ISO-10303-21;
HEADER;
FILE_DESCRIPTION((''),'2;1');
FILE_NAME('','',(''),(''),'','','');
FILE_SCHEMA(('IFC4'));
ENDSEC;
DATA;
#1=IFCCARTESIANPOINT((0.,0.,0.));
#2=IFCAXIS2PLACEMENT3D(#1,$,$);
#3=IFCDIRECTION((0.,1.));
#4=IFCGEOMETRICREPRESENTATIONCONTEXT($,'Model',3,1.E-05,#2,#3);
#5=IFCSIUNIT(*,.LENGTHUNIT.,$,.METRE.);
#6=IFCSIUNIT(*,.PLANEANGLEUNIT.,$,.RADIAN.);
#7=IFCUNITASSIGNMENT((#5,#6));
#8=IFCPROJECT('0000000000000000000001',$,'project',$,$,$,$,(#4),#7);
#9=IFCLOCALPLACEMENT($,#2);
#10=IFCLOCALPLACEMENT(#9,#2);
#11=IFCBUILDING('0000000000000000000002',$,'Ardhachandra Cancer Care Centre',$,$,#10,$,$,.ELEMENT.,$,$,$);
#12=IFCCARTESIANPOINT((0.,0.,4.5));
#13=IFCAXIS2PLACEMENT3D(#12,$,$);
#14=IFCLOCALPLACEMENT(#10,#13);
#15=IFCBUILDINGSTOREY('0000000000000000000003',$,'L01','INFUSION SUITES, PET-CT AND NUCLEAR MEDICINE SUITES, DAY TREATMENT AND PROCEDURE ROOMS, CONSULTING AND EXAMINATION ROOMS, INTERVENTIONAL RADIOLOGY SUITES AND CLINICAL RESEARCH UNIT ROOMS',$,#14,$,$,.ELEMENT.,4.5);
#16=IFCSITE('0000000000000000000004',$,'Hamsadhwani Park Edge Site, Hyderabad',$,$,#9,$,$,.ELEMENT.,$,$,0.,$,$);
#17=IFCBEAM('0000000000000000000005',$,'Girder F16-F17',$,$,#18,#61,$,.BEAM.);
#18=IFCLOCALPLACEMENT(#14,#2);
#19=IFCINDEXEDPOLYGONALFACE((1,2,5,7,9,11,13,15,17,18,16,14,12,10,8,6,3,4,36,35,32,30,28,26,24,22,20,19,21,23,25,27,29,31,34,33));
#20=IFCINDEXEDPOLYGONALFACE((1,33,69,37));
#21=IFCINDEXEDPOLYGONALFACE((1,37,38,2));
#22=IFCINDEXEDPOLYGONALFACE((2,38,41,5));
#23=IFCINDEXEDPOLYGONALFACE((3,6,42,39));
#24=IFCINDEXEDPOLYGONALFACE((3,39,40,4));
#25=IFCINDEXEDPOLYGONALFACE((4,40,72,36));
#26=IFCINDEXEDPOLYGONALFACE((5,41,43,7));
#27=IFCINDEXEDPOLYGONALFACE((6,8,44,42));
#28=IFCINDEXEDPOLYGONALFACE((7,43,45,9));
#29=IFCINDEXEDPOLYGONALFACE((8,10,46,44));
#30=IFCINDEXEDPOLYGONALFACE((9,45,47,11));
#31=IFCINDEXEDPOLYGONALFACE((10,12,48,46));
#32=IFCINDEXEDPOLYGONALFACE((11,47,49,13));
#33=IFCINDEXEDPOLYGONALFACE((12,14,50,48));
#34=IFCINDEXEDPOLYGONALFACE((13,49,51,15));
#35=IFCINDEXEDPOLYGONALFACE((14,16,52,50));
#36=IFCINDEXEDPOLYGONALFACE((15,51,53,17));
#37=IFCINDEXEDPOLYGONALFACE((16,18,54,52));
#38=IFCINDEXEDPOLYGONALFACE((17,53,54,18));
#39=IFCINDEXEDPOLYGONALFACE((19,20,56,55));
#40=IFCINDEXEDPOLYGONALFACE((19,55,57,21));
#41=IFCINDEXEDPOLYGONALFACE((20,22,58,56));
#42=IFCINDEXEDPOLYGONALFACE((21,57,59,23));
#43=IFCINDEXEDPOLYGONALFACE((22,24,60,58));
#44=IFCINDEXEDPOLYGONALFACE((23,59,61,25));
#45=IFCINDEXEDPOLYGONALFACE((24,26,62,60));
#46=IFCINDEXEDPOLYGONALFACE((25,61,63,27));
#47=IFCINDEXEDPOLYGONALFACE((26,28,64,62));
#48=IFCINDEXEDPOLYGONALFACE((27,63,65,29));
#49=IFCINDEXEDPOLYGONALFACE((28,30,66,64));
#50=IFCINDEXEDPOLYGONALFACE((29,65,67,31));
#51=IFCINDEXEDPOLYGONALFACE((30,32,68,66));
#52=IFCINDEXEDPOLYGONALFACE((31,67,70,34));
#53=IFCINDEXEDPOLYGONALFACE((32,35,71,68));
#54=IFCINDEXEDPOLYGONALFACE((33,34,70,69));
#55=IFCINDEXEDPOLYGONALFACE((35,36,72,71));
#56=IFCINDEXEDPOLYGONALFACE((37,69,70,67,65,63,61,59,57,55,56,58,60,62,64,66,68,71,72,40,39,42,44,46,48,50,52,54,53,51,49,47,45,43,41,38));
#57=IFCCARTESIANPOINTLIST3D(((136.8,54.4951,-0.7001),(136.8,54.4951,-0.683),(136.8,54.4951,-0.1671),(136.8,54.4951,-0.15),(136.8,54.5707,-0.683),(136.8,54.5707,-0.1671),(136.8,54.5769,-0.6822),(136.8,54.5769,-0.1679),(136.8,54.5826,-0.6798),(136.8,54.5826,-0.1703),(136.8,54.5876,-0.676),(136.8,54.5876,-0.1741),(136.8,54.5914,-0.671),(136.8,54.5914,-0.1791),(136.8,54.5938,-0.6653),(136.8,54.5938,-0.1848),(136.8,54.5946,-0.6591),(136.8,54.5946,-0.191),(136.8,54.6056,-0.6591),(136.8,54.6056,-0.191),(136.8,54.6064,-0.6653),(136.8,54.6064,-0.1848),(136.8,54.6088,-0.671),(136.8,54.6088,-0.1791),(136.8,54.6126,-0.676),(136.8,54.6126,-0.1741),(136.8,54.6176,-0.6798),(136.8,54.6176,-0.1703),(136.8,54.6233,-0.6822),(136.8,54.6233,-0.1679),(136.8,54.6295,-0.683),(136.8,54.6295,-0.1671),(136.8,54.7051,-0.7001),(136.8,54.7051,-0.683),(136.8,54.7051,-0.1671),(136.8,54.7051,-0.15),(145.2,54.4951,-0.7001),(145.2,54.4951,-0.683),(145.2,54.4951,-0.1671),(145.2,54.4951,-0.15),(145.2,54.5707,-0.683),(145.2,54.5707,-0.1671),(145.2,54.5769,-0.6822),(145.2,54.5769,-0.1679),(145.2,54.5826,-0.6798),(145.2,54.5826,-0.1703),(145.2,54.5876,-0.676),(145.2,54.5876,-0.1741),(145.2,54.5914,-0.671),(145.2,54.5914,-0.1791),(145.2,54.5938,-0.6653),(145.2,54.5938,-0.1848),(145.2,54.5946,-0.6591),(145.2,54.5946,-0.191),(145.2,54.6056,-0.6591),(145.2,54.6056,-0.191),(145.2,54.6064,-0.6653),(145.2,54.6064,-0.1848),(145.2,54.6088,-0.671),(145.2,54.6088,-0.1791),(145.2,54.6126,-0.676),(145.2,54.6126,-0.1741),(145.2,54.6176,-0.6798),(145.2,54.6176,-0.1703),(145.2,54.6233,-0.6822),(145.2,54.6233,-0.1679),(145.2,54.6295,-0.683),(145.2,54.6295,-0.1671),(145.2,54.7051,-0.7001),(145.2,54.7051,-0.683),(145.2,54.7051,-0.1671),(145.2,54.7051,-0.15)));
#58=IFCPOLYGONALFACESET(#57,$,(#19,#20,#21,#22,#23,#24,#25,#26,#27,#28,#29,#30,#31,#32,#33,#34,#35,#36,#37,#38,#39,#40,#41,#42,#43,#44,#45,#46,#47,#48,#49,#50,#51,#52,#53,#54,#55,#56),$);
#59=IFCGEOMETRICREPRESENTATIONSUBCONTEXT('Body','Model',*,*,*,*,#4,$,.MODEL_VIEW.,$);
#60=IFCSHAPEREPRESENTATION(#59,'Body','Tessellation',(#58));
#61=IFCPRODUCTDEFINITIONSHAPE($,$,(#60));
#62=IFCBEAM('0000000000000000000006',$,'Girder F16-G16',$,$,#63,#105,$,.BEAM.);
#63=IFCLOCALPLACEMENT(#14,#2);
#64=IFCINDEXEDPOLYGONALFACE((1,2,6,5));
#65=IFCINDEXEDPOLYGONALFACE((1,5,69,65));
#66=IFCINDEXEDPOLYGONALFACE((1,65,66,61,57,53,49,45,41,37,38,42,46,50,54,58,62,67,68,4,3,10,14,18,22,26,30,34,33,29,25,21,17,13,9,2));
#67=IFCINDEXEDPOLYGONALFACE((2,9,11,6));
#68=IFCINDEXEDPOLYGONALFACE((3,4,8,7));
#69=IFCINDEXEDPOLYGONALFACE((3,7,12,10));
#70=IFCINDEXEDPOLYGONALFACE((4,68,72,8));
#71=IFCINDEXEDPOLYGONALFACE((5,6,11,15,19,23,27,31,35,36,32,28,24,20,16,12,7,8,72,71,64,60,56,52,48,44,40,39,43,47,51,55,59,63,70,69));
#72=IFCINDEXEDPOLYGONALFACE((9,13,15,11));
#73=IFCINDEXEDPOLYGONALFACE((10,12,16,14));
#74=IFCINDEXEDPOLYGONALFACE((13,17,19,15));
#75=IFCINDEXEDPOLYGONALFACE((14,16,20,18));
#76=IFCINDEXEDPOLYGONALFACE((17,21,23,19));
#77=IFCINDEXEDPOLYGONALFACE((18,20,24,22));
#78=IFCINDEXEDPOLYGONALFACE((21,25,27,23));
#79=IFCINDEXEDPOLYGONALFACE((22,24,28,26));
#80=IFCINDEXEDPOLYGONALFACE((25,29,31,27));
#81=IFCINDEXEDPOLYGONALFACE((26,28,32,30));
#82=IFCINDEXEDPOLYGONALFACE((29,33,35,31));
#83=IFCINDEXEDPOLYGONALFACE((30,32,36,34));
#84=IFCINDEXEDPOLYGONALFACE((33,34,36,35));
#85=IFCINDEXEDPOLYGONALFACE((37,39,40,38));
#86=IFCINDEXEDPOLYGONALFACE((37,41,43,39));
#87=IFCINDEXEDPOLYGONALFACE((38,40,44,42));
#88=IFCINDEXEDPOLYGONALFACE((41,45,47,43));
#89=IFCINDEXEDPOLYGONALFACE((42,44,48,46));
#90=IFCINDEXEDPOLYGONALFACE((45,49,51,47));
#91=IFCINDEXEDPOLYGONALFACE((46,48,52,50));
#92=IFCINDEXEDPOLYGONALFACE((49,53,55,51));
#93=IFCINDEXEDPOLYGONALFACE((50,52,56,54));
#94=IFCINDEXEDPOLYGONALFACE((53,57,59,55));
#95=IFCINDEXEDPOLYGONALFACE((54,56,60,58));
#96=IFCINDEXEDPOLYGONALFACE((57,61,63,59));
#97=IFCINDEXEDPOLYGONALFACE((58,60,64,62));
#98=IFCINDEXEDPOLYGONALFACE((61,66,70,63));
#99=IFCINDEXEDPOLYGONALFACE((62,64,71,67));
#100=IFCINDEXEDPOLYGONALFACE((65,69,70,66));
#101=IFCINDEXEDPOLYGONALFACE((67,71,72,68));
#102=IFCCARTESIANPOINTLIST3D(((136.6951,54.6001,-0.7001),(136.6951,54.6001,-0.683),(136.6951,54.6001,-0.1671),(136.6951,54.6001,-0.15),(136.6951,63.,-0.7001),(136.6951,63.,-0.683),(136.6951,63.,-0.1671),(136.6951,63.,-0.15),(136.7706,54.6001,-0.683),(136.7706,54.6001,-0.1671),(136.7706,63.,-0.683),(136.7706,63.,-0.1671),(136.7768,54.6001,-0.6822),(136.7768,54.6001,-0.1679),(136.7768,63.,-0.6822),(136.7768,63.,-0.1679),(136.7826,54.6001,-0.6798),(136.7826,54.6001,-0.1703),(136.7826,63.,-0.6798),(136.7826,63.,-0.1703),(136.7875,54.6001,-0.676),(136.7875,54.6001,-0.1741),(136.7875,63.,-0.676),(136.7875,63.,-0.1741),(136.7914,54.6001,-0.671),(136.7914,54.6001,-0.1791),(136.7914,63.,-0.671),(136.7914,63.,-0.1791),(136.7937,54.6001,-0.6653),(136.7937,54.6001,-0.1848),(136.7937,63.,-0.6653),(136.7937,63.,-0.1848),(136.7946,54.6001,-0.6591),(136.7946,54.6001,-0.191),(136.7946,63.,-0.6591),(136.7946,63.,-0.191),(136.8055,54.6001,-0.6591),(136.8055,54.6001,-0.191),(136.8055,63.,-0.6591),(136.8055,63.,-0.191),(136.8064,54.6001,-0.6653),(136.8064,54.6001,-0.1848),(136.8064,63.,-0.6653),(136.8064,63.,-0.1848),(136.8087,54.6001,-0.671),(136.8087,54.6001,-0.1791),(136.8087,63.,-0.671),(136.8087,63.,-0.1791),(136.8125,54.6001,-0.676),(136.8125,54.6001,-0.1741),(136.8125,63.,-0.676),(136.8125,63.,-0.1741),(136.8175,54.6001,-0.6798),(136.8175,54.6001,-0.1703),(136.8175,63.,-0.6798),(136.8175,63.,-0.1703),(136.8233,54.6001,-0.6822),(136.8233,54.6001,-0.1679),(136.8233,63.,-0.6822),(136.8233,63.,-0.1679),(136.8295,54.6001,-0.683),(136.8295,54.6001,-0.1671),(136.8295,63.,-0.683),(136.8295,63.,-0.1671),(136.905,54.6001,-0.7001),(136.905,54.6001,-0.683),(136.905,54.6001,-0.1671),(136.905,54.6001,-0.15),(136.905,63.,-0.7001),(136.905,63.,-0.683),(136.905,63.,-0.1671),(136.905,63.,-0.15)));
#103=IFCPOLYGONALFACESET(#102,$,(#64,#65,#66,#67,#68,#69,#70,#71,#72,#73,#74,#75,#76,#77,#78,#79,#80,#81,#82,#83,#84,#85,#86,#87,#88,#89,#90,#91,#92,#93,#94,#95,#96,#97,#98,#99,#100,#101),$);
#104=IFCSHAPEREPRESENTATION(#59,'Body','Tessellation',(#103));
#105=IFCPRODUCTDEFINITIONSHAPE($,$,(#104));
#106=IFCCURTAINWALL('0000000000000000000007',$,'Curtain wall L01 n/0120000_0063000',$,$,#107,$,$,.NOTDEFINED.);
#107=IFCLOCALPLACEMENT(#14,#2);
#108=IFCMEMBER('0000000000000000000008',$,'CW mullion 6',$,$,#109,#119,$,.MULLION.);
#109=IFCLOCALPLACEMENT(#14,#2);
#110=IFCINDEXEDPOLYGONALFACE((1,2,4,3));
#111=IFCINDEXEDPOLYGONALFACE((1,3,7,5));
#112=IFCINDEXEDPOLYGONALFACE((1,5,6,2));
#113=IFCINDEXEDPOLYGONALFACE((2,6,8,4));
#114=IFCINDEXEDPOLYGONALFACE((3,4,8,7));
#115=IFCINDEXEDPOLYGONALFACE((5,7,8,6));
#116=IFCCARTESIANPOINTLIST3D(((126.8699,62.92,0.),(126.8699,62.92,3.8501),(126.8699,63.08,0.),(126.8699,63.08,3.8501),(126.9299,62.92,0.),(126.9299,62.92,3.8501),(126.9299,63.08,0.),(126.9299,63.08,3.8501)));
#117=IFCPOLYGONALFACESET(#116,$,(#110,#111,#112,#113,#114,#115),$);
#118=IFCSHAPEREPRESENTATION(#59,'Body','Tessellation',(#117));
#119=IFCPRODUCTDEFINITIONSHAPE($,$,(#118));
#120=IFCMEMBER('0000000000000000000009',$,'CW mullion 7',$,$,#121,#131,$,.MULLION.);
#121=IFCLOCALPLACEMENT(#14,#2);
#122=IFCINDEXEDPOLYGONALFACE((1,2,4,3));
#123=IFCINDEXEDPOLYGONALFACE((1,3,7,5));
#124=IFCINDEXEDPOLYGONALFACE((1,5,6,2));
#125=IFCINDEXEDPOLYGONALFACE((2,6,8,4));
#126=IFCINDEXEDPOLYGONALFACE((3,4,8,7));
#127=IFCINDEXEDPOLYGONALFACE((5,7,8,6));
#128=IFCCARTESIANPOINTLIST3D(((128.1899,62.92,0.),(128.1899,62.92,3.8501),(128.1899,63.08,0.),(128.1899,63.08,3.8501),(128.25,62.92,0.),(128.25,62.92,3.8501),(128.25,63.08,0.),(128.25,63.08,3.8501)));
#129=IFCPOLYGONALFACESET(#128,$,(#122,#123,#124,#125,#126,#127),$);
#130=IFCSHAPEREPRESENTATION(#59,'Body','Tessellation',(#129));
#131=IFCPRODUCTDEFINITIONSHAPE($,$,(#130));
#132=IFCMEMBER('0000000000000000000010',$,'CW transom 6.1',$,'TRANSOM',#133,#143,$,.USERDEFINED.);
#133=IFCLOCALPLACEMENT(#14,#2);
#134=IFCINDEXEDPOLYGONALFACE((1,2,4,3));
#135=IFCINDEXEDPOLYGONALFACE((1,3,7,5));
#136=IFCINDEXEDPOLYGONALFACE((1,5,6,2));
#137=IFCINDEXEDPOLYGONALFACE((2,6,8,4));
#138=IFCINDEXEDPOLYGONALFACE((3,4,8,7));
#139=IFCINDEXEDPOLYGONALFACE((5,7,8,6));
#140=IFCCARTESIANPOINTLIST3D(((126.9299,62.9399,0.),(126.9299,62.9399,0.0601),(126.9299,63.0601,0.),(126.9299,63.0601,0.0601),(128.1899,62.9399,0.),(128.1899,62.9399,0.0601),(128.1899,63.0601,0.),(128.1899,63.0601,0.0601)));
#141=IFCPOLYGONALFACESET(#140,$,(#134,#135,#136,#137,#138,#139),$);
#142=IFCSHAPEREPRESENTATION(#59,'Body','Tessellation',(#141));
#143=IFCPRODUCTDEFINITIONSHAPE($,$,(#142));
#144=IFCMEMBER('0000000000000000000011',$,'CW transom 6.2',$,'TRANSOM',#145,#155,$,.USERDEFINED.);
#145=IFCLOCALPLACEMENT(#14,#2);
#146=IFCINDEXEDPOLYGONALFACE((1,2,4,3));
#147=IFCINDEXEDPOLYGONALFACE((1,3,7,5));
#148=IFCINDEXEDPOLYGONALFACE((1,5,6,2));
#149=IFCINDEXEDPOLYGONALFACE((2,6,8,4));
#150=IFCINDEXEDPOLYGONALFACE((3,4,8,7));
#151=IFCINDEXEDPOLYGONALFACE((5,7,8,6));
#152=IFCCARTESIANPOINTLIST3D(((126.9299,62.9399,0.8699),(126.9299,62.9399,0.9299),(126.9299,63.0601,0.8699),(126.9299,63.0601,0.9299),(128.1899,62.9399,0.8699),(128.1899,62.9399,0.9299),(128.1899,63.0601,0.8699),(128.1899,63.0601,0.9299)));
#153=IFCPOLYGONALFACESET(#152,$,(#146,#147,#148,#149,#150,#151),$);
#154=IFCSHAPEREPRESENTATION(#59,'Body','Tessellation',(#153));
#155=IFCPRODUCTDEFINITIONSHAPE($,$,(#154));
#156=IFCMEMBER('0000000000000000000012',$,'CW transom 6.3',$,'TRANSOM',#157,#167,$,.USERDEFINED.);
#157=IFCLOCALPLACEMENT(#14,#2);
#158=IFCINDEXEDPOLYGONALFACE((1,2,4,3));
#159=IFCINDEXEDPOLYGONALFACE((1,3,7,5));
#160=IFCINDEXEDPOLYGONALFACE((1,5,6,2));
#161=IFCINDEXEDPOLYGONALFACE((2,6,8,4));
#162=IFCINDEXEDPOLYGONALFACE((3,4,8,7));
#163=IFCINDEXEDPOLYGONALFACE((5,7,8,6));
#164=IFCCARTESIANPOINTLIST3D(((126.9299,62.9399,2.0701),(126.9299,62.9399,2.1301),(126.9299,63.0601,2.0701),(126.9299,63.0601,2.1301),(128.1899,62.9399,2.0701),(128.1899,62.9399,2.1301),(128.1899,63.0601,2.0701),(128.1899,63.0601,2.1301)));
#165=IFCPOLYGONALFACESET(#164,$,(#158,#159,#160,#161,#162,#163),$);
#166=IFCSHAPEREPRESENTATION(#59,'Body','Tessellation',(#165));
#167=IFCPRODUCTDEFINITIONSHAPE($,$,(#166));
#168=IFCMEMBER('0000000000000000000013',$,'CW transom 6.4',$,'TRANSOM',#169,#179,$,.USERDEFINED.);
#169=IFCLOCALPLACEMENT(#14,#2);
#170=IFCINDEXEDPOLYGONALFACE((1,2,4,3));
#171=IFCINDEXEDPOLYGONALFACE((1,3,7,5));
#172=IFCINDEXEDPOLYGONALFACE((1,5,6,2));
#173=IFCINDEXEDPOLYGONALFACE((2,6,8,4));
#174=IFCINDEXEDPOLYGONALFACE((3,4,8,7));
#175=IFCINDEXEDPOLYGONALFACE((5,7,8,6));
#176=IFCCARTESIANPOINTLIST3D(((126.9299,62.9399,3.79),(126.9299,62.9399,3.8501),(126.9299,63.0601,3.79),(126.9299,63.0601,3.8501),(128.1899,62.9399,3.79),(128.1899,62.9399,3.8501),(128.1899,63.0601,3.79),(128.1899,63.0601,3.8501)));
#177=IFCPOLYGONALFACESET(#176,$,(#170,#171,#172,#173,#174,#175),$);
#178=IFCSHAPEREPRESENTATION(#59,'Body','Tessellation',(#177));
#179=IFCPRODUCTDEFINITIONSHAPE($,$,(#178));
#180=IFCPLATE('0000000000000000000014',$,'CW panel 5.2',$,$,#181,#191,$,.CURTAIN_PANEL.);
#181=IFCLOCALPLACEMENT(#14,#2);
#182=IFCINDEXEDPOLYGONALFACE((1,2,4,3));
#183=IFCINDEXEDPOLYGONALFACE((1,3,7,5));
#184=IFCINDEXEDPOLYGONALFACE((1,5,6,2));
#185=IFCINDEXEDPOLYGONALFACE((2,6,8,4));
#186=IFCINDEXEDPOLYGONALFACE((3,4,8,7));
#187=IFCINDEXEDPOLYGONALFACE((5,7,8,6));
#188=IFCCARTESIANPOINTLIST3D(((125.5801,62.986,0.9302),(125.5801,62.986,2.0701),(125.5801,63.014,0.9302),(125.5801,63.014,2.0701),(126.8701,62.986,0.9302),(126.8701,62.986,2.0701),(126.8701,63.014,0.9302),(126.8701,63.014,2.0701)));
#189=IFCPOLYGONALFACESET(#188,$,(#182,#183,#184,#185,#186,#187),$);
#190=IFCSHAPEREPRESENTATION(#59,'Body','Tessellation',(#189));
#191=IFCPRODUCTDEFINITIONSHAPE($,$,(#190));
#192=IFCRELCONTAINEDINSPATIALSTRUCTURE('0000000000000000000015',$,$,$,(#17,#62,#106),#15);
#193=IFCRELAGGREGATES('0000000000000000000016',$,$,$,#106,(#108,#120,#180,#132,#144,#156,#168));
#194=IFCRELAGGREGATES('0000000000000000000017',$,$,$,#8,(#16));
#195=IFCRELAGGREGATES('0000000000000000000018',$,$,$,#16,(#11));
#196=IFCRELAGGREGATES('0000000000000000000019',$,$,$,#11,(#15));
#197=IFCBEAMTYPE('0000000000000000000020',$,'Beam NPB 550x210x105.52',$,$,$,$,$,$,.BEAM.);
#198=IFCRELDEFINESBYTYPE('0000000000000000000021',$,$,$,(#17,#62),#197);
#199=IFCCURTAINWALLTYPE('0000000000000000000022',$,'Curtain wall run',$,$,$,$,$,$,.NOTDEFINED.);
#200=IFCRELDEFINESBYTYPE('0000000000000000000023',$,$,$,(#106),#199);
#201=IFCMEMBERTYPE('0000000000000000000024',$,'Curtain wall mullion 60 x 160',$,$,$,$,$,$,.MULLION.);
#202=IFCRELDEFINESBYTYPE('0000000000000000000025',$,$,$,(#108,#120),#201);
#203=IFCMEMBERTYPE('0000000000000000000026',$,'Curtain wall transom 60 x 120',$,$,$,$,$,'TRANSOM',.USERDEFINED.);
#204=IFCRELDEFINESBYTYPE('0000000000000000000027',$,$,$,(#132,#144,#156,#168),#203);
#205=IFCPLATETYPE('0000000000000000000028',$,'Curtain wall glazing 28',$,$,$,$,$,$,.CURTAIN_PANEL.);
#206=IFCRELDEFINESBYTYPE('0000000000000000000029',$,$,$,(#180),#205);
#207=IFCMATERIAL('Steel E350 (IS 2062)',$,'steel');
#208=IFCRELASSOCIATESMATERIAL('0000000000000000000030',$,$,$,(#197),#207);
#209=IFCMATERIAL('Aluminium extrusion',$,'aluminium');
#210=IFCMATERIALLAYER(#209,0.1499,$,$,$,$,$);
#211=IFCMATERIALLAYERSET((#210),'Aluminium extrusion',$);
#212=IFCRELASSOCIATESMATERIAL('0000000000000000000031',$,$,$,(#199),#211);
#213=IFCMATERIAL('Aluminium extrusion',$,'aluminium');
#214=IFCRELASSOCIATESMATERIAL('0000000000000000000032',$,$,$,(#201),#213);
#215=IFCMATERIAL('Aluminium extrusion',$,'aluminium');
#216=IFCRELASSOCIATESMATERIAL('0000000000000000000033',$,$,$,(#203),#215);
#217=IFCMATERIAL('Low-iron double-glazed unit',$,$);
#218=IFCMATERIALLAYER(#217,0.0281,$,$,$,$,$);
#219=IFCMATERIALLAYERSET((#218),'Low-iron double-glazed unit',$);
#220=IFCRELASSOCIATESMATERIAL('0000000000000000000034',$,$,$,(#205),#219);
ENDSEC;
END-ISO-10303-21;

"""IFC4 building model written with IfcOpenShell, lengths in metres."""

from ifc_helpers import new_model, si_unit, direction, frame, origin, origin_2d, place, context, subcontext, project, spatial, rectangle, i_section, extrude, material, layer, layer_set, material_profile, profile_set, type_object, element, aggregate, save


model = new_model("IFC4")

# Units and contexts
model_context = context("Model", 3, precision=1e-05, world=origin(), true_north=direction((0.0, 1.0)))
body_context = subcontext(model_context, "Body", "Model", "MODEL_VIEW")
ifc_project = project(units=[si_unit("LENGTHUNIT", "METRE"), si_unit("PLANEANGLEUNIT", "RADIAN")], contexts=[model_context])

# Site, building, storey
site_placement = place(None, origin())
site = spatial("IfcSite", under=ifc_project, at=site_placement, Name="Hamsadhwani Park Edge Site, Hyderabad", CompositionType="ELEMENT", RefElevation=0.0)
building_placement = place(site_placement, origin())
building = spatial("IfcBuilding", under=site, at=building_placement, Name="Ardhachandra Cancer Care Centre", CompositionType="ELEMENT")
storey_placement = place(building_placement, frame((0.0, 0.0, 4.5)))
storey = spatial("IfcBuildingStorey", under=building, at=storey_placement, Name="L01", Description="INFUSION SUITES, PET-CT AND NUCLEAR MEDICINE SUITES, DAY TREATMENT AND PROCEDURE ROOMS, CONSULTING AND EXAMINATION ROOMS, INTERVENTIONAL RADIOLOGY SUITES AND CLINICAL RESEARCH UNIT ROOMS", CompositionType="ELEMENT", Elevation=4.5)

# Beams
ifc_material_1 = material(Name="Steel E350 (IS 2062)", Category="steel")
ifc_material_profile_1 = material_profile(ifc_material_1, i_section(OverallWidth=0.21, OverallDepth=0.55, WebThickness=0.011, FlangeThickness=0.0171, FilletRadius=0.0239, at=origin_2d()), Name="NPB 550x210x105.52")
ifc_profile_set_1 = profile_set([ifc_material_profile_1], Name="Steel E350 (IS 2062)")
beam_type_1 = type_object("IfcBeamType", Name="Beam NPB 550x210x105.52", PredefinedType="BEAM", material=ifc_profile_set_1)
for number, where, z_axis, x_axis, name in (
    (1, (136.8, 54.6001, -0.425), (1.0, 0.0, 0.0), (0.0, 1.0, 0.0), "Girder F16-F17"),
    (2, (136.8, 54.6001, -0.425), (0.0, 1.0, 0.0), (-1.0, 0.0, 0.0), "Girder F16-G16"),
):
    element("IfcBeam", number, at=place(storey_placement, frame(where, z_axis=z_axis, x_axis=x_axis)), inside=storey, type_object=beam_type_1, Name=name, PredefinedType="BEAM", context=body_context, shape_type="SweptSolid", body=[
        extrude(i_section(OverallWidth=0.21, OverallDepth=0.55, WebThickness=0.011, FlangeThickness=0.0171, FilletRadius=0.0239, at=origin_2d()), origin(), (0.0, 0.0, 1.0), 8.3999),
    ])

# Curtain wall, members, plate
ifc_material_2 = material(Name="Aluminium extrusion", Category="aluminium")
ifc_layer_1 = layer(ifc_material_2, 0.1499)
ifc_layer_set_1 = layer_set([ifc_layer_1], Name="Aluminium extrusion")
curtain_wall_type = type_object("IfcCurtainWallType", Name="Curtain wall run", PredefinedType="NOTDEFINED", material=ifc_layer_set_1)
curtain_wall_placement = place(storey_placement, origin())
curtain_wall = element("IfcCurtainWall", 3, at=curtain_wall_placement, inside=storey, type_object=curtain_wall_type, Name="Curtain wall L01 n/0120000_0063000", PredefinedType="NOTDEFINED")
ifc_material_3 = material(Name="Aluminium extrusion", Category="aluminium")
ifc_material_profile_2 = material_profile(ifc_material_3, rectangle(XDim=0.1599, YDim=0.0601, at=origin_2d()), Name="Curtain wall mullion 60 x 160")
ifc_profile_set_2 = profile_set([ifc_material_profile_2], Name="Aluminium extrusion")
member_type_1 = type_object("IfcMemberType", Name="Curtain wall mullion 60 x 160", PredefinedType="MULLION", material=ifc_profile_set_2)
member_1_placement = place(storey_placement, frame((126.8999, 63.0, 0.0), z_axis=(0.0, 0.0, 1.0), x_axis=(0.0, 1.0, 0.0)))
member_1 = element("IfcMember", 4, at=member_1_placement, type_object=member_type_1, Name="CW mullion 6", PredefinedType="MULLION", context=body_context, shape_type="SweptSolid", body=[
    extrude(rectangle(XDim=0.1599, YDim=0.0601, at=origin_2d()), origin(), (0.0, 0.0, 1.0), 3.8501),
])
member_2_placement = place(storey_placement, frame((128.22, 63.0, 0.0), z_axis=(0.0, 0.0, 1.0), x_axis=(0.0, 1.0, 0.0)))
member_2 = element("IfcMember", 5, at=member_2_placement, type_object=member_type_1, Name="CW mullion 7", PredefinedType="MULLION", context=body_context, shape_type="SweptSolid", body=[
    extrude(rectangle(XDim=0.1599, YDim=0.0601, at=origin_2d()), origin(), (0.0, 0.0, 1.0), 3.8501),
])
ifc_material_4 = material(Name="Aluminium extrusion", Category="aluminium")
ifc_material_profile_3 = material_profile(ifc_material_4, rectangle(XDim=0.1201, YDim=0.0601, at=origin_2d()), Name="Curtain wall transom 60 x 120")
ifc_profile_set_3 = profile_set([ifc_material_profile_3], Name="Aluminium extrusion")
member_type_2 = type_object("IfcMemberType", Name="Curtain wall transom 60 x 120", ElementType="TRANSOM", PredefinedType="USERDEFINED", material=ifc_profile_set_3)
member_3_placement = place(storey_placement, frame((126.9299, 63.0, 0.03), z_axis=(1.0, 0.0, 0.0), x_axis=(0.0, 1.0, 0.0)))
member_3 = element("IfcMember", 6, at=member_3_placement, type_object=member_type_2, Name="CW transom 6.1", ObjectType="TRANSOM", PredefinedType="USERDEFINED", context=body_context, shape_type="SweptSolid", body=[
    extrude(rectangle(XDim=0.1201, YDim=0.0601, at=origin_2d()), origin(), (0.0, 0.0, 1.0), 1.26),
])
member_4_placement = place(storey_placement, frame((126.9299, 63.0, 0.8999), z_axis=(1.0, 0.0, 0.0), x_axis=(0.0, 1.0, 0.0)))
member_4 = element("IfcMember", 7, at=member_4_placement, type_object=member_type_2, Name="CW transom 6.2", ObjectType="TRANSOM", PredefinedType="USERDEFINED", context=body_context, shape_type="SweptSolid", body=[
    extrude(rectangle(XDim=0.1201, YDim=0.0601, at=origin_2d()), origin(), (0.0, 0.0, 1.0), 1.26),
])
member_5_placement = place(storey_placement, frame((126.9299, 63.0, 2.1001), z_axis=(1.0, 0.0, 0.0), x_axis=(0.0, 1.0, 0.0)))
member_5 = element("IfcMember", 8, at=member_5_placement, type_object=member_type_2, Name="CW transom 6.3", ObjectType="TRANSOM", PredefinedType="USERDEFINED", context=body_context, shape_type="SweptSolid", body=[
    extrude(rectangle(XDim=0.1201, YDim=0.0601, at=origin_2d()), origin(), (0.0, 0.0, 1.0), 1.26),
])
member_6_placement = place(storey_placement, frame((126.9299, 63.0, 3.8201), z_axis=(1.0, 0.0, 0.0), x_axis=(0.0, 1.0, 0.0)))
member_6 = element("IfcMember", 9, at=member_6_placement, type_object=member_type_2, Name="CW transom 6.4", ObjectType="TRANSOM", PredefinedType="USERDEFINED", context=body_context, shape_type="SweptSolid", body=[
    extrude(rectangle(XDim=0.1201, YDim=0.0601, at=origin_2d()), origin(), (0.0, 0.0, 1.0), 1.26),
])
ifc_material_5 = material(Name="Low-iron double-glazed unit")
ifc_layer_2 = layer(ifc_material_5, 0.0281)
ifc_layer_set_2 = layer_set([ifc_layer_2], Name="Low-iron double-glazed unit")
plate_type_1 = type_object("IfcPlateType", Name="Curtain wall glazing 28", PredefinedType="CURTAIN_PANEL", material=ifc_layer_set_2)
plate_1_placement = place(storey_placement, frame((126.2251, 63.0, 0.9302), z_axis=(0.0, 0.0, 1.0), x_axis=(1.0, 0.0, 0.0)))
plate_1 = element("IfcPlate", 10, at=plate_1_placement, type_object=plate_type_1, Name="CW panel 5.2", PredefinedType="CURTAIN_PANEL", context=body_context, shape_type="SweptSolid", body=[
    extrude(rectangle(XDim=1.29, YDim=0.0281, at=origin_2d()), origin(), (0.0, 0.0, 1.0), 1.1399),
])
aggregate(curtain_wall, [member_1, member_2, plate_1, member_3, member_4, member_5, member_6])

save(model, "model.ifc")
